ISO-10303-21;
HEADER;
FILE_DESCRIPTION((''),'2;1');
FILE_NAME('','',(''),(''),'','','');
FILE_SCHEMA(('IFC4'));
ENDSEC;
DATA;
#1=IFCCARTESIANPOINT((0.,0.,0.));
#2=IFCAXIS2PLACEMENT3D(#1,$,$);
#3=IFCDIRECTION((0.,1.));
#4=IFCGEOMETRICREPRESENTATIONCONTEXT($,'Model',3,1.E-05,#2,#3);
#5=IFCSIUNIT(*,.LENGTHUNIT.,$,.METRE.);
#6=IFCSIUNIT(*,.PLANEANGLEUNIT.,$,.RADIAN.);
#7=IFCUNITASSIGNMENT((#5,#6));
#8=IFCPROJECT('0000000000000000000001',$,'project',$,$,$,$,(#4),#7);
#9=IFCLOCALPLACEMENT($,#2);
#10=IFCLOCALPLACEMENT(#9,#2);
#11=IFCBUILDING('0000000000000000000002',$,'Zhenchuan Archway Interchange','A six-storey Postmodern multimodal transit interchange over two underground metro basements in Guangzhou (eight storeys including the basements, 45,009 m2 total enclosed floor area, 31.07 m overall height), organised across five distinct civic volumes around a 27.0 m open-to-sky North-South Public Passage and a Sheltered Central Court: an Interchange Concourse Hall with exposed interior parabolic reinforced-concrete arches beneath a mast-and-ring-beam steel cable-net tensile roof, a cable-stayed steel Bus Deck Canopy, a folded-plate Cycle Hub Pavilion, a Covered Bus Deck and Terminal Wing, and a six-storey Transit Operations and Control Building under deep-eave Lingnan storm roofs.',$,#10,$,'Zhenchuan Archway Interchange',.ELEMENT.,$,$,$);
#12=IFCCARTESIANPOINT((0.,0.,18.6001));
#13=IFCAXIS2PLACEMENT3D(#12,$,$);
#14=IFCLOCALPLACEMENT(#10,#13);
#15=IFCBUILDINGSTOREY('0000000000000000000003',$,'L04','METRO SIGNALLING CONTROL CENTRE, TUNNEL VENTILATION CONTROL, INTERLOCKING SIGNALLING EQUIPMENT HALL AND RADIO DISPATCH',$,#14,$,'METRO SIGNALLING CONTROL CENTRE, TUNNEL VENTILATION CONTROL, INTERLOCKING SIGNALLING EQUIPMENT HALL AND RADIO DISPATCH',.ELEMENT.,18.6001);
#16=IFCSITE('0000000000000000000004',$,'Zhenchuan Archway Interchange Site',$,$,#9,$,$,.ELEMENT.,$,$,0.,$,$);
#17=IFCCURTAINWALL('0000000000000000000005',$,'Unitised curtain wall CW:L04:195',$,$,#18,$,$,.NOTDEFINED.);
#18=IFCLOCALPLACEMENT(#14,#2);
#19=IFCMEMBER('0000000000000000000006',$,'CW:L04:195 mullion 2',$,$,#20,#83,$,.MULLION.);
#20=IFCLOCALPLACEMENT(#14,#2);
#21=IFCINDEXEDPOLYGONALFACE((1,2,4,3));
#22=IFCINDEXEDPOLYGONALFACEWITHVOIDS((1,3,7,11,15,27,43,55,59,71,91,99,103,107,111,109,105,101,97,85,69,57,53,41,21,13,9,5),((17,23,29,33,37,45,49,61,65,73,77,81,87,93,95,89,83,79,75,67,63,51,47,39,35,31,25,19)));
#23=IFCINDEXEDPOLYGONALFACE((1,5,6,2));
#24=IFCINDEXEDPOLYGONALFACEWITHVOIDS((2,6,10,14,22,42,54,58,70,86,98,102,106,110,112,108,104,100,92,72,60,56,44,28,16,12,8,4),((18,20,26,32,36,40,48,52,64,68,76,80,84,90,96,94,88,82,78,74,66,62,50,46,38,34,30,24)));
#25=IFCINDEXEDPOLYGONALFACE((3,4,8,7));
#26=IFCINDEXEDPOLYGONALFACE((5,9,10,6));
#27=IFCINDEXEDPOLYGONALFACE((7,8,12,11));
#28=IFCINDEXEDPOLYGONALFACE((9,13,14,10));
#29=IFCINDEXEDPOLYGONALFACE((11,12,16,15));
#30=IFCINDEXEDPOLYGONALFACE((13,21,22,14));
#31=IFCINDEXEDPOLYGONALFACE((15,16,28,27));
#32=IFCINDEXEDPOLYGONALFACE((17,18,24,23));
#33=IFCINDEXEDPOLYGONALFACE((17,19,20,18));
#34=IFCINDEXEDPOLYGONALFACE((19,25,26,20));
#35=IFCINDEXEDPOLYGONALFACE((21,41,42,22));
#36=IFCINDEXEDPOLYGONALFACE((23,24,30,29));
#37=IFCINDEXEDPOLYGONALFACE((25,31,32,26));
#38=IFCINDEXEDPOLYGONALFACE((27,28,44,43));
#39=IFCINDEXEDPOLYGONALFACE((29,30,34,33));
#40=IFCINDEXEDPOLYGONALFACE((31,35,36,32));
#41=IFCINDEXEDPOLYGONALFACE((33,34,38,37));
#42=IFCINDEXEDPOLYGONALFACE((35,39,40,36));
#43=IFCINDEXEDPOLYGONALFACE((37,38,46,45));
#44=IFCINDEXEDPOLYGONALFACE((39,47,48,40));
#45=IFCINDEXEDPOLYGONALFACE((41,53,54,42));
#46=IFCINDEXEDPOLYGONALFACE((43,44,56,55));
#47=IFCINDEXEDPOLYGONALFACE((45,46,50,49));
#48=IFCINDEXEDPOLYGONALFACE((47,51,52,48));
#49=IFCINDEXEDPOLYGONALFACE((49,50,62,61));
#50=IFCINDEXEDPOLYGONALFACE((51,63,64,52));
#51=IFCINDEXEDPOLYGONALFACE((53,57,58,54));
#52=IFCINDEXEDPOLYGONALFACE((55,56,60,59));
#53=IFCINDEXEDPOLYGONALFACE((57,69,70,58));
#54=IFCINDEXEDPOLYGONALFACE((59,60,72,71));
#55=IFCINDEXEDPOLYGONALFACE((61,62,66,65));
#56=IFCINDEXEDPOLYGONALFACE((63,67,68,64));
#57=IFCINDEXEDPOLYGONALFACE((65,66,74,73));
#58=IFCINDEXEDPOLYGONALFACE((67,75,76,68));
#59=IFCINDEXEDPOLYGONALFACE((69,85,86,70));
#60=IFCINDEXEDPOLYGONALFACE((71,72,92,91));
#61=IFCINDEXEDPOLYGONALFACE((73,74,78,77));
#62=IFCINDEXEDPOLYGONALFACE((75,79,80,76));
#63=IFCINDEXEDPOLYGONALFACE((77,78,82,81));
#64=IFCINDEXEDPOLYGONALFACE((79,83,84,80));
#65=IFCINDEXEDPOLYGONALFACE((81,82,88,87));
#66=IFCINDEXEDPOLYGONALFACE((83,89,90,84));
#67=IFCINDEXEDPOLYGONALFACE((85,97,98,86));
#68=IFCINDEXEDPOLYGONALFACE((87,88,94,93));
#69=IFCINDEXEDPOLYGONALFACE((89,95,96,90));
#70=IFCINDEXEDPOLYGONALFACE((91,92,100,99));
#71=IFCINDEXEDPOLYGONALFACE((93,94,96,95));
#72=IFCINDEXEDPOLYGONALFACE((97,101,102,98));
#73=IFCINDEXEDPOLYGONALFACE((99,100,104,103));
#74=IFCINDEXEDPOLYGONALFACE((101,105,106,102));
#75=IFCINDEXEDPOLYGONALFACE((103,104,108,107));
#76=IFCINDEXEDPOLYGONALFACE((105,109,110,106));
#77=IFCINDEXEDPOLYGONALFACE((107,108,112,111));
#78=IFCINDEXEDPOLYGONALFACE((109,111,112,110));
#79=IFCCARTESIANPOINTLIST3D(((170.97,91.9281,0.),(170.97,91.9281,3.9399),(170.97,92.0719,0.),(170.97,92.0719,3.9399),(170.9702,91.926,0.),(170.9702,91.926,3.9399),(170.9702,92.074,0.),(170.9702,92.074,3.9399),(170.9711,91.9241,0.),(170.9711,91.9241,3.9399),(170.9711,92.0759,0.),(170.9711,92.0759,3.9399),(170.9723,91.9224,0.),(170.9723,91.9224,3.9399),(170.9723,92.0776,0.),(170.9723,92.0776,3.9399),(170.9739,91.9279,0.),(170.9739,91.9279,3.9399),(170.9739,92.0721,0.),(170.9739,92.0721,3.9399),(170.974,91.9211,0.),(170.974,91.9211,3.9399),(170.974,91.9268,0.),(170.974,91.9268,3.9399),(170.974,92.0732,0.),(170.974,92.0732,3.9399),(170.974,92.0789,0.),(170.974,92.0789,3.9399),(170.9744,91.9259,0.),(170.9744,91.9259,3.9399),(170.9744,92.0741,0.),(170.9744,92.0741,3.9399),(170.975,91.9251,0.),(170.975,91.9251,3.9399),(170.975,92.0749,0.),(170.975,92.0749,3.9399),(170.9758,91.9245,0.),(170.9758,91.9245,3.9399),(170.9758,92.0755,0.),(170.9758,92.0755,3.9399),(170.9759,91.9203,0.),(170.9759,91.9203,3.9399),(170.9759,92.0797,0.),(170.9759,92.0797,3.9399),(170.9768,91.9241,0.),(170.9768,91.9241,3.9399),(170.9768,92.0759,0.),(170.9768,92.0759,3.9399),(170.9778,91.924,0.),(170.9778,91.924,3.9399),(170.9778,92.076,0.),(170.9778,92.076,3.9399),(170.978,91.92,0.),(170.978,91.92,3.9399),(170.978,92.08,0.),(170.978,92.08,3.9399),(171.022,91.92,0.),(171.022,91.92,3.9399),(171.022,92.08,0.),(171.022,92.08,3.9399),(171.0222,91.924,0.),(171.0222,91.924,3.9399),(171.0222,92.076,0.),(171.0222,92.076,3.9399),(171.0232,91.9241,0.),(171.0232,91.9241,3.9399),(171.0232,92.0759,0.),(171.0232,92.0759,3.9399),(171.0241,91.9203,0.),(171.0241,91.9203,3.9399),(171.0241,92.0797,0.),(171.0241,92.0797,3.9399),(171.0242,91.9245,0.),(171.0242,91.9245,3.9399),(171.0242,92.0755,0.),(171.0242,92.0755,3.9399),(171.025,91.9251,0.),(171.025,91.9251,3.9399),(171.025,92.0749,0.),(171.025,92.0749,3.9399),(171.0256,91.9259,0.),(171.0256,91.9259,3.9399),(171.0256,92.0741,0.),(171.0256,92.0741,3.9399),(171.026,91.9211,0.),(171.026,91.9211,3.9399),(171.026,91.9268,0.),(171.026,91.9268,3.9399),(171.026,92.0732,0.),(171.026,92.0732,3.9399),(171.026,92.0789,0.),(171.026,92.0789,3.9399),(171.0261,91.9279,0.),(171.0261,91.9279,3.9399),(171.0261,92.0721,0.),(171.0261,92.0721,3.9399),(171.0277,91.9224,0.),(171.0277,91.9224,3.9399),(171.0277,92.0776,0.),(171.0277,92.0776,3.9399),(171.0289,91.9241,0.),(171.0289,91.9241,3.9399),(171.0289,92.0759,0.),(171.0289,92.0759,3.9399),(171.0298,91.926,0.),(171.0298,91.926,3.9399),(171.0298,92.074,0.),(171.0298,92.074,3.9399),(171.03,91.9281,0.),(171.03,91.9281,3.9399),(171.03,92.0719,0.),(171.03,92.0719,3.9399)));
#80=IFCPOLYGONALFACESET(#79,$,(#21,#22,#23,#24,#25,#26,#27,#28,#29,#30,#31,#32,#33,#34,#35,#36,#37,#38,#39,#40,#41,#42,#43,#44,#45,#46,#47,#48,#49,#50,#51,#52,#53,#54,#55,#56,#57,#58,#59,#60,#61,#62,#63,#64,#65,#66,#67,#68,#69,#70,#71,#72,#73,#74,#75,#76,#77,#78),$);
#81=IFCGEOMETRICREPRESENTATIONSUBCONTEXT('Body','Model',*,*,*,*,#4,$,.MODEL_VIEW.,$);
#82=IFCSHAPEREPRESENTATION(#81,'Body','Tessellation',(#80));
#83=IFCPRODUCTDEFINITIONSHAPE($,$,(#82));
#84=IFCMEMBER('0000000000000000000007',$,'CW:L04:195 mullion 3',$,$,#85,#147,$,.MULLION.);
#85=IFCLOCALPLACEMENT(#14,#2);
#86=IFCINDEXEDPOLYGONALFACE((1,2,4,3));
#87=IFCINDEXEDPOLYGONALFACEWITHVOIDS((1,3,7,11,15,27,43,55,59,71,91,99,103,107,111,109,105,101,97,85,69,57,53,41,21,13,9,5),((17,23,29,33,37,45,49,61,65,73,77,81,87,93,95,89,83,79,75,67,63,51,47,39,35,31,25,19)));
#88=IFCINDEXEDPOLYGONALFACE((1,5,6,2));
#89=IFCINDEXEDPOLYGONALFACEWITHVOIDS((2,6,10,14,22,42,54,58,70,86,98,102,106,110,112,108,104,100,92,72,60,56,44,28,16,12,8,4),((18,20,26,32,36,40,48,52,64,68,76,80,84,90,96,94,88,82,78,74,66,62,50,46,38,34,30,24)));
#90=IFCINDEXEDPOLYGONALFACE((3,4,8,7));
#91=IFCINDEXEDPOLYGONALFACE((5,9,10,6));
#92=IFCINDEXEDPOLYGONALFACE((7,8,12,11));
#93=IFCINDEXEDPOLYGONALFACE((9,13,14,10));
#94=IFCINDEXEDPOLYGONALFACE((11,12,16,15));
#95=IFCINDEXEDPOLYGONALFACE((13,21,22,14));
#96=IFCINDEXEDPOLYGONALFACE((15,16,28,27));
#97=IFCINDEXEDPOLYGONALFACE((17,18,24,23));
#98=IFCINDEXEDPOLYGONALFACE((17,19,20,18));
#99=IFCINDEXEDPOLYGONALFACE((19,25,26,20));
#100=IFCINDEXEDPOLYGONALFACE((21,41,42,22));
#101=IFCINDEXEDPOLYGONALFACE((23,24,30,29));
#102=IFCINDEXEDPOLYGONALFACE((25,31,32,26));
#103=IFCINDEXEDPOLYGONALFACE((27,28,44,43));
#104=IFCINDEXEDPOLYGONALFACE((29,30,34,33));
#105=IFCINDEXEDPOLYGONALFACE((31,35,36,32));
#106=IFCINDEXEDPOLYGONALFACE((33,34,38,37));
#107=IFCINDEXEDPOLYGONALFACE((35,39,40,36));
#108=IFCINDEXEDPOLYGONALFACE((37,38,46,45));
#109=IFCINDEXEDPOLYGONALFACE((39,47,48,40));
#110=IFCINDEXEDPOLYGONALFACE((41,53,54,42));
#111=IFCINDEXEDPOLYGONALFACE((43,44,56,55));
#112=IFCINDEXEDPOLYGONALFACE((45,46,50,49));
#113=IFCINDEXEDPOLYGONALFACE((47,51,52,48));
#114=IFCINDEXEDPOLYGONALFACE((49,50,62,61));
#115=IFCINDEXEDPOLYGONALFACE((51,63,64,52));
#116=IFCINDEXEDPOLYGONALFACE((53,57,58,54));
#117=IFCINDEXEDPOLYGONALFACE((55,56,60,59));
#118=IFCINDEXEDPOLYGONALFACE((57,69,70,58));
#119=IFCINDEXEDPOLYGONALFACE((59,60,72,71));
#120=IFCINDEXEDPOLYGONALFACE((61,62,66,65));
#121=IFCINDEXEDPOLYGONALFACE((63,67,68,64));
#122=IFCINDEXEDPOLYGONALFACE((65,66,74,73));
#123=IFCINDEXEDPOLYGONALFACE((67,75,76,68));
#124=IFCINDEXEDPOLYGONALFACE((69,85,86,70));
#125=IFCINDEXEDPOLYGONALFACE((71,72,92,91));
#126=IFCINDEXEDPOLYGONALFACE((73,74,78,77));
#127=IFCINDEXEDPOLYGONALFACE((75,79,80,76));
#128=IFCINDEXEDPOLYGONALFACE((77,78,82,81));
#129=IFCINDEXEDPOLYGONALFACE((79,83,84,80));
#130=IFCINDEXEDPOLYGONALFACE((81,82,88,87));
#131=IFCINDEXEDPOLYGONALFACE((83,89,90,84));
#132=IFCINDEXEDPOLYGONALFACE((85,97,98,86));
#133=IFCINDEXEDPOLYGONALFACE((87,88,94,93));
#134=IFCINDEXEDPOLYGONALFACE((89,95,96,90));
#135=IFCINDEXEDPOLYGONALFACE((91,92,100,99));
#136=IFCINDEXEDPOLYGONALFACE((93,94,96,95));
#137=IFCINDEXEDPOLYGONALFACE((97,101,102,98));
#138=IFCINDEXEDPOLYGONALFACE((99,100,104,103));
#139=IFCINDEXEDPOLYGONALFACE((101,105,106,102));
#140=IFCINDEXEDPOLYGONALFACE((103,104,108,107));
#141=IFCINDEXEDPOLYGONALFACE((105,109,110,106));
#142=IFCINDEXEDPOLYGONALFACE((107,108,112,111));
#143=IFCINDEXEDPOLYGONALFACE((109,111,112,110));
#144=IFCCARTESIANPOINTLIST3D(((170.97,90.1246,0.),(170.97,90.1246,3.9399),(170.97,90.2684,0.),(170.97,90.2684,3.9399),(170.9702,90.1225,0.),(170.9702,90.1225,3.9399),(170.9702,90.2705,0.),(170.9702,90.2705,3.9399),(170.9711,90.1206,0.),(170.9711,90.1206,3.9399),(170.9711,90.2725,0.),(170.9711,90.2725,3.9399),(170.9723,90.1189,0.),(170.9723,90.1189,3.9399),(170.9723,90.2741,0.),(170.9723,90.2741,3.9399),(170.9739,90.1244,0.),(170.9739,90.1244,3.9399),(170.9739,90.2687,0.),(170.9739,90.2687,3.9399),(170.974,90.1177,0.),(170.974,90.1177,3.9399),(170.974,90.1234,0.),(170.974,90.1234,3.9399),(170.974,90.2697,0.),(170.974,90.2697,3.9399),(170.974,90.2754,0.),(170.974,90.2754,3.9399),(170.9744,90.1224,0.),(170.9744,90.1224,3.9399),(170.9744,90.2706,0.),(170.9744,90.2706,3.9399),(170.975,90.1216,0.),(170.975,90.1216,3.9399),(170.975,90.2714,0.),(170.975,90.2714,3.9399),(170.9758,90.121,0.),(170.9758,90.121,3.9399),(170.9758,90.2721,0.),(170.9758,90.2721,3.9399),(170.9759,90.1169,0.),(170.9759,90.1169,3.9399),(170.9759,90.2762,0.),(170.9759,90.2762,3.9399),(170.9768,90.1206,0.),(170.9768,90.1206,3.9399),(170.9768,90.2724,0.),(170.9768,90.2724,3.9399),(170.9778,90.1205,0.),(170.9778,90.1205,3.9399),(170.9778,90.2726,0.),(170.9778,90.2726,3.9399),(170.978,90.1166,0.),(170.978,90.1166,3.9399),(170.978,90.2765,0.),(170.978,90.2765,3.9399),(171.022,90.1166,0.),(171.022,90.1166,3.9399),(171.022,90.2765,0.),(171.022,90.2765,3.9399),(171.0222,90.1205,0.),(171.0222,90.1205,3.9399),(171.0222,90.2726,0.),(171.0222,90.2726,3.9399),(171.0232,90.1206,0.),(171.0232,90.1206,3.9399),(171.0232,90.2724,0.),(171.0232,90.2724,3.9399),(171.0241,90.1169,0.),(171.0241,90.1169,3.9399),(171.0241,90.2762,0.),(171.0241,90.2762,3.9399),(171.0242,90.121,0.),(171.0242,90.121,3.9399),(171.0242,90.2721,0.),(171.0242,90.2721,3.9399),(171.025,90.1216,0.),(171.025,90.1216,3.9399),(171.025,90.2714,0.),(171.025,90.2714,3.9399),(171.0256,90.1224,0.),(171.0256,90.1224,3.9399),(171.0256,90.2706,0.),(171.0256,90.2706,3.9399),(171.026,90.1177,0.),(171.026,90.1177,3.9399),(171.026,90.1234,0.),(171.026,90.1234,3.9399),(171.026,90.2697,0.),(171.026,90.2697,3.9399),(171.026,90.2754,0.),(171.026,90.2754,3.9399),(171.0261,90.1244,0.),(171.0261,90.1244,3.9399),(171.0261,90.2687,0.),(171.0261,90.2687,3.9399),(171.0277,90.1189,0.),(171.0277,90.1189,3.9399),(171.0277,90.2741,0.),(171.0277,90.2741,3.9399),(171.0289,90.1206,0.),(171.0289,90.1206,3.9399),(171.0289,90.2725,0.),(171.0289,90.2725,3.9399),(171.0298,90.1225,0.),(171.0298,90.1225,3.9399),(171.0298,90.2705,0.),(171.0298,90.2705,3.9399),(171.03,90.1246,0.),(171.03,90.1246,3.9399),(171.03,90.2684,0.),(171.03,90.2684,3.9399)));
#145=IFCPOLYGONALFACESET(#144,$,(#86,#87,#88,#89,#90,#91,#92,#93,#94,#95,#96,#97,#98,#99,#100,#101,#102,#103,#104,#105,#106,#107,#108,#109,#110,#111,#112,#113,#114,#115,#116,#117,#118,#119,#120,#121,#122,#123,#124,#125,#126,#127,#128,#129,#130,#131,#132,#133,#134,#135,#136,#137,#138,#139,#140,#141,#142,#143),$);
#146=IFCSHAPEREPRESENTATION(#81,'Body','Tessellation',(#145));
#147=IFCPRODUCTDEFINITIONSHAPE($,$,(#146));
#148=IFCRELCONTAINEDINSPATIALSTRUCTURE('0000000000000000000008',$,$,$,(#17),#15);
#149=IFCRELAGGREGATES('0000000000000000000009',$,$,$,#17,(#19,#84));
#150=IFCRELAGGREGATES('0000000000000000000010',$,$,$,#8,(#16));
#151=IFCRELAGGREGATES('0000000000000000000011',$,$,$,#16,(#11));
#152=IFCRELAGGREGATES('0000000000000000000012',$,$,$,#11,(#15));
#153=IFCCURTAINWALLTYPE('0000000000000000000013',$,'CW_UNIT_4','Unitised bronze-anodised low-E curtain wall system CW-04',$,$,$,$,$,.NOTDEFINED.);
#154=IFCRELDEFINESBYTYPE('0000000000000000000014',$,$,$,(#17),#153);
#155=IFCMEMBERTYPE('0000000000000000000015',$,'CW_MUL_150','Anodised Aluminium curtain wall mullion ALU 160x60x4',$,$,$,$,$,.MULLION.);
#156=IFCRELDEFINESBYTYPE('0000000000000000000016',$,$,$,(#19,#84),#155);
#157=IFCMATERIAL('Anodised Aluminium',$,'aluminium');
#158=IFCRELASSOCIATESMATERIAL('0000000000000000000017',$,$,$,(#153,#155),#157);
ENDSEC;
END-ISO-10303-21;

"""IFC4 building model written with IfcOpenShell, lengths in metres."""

from ifc_helpers import new_model, si_unit, direction, frame, origin, origin_2d, place, context, subcontext, project, spatial, hollow_rectangle, extrude, material, material_profile, profile_set, type_object, element, aggregate, save


model = new_model("IFC4")

# Units and contexts
model_context = context("Model", 3, precision=1e-05, world=origin(), true_north=direction((0.0, 1.0)))
body_context = subcontext(model_context, "Body", "Model", "MODEL_VIEW")
ifc_project = project(units=[si_unit("LENGTHUNIT", "METRE"), si_unit("PLANEANGLEUNIT", "RADIAN")], contexts=[model_context])

# Site, building, storey
site_placement = place(None, origin())
site = spatial("IfcSite", under=ifc_project, at=site_placement, Name="Zhenchuan Archway Interchange Site", CompositionType="ELEMENT", RefElevation=0.0)
building_placement = place(site_placement, origin())
building = spatial("IfcBuilding", under=site, at=building_placement, Name="Zhenchuan Archway Interchange", Description="A six-storey Postmodern multimodal transit interchange over two underground metro basements in Guangzhou (eight storeys including the basements, 45,009 m2 total enclosed floor area, 31.07 m overall height), organised across five distinct civic volumes around a 27.0 m open-to-sky North-South Public Passage and a Sheltered Central Court: an Interchange Concourse Hall with exposed interior parabolic reinforced-concrete arches beneath a mast-and-ring-beam steel cable-net tensile roof, a cable-stayed steel Bus Deck Canopy, a folded-plate Cycle Hub Pavilion, a Covered Bus Deck and Terminal Wing, and a six-storey Transit Operations and Control Building under deep-eave Lingnan storm roofs.", LongName="Zhenchuan Archway Interchange", CompositionType="ELEMENT")
storey_placement = place(building_placement, frame((0.0, 0.0, 18.6001)))
storey = spatial("IfcBuildingStorey", under=building, at=storey_placement, Name="L04", Description="METRO SIGNALLING CONTROL CENTRE, TUNNEL VENTILATION CONTROL, INTERLOCKING SIGNALLING EQUIPMENT HALL AND RADIO DISPATCH", LongName="METRO SIGNALLING CONTROL CENTRE, TUNNEL VENTILATION CONTROL, INTERLOCKING SIGNALLING EQUIPMENT HALL AND RADIO DISPATCH", CompositionType="ELEMENT", Elevation=18.6001)

# Curtain wall, members
ifc_material_1 = material(Name="Anodised Aluminium", Category="aluminium")
curtain_wall_type = type_object("IfcCurtainWallType", Name="CW_UNIT_4", Description="Unitised bronze-anodised low-E curtain wall system CW-04", PredefinedType="NOTDEFINED", material=ifc_material_1)
curtain_wall_placement = place(storey_placement, origin())
curtain_wall = element("IfcCurtainWall", 1, at=curtain_wall_placement, inside=storey, type_object=curtain_wall_type, Name="Unitised curtain wall CW:L04:195", PredefinedType="NOTDEFINED")
ifc_material_profile_1 = material_profile(ifc_material_1, hollow_rectangle(XDim=0.0601, YDim=0.1599, WallThickness=0.0039, InnerFilletRadius=0.0039, OuterFilletRadius=0.0081, at=origin_2d()), Name="ALU 160x60x4")
ifc_profile_set_1 = profile_set([ifc_material_profile_1], Name="Anodised Aluminium")
member_type_1 = type_object("IfcMemberType", Name="CW_MUL_150", Description="Anodised Aluminium curtain wall mullion ALU 160x60x4", PredefinedType="MULLION", material=ifc_profile_set_1)
member_1_placement = place(storey_placement, frame((171.0, 92.0, 0.0), z_axis=(0.0, 0.0, 1.0), x_axis=(1.0, 0.0, 0.0)))
member_1 = element("IfcMember", 2, at=member_1_placement, type_object=member_type_1, Name="CW:L04:195 mullion 2", PredefinedType="MULLION", context=body_context, shape_type="SweptSolid", body=[
    extrude(hollow_rectangle(XDim=0.0601, YDim=0.1599, WallThickness=0.0039, InnerFilletRadius=0.0039, OuterFilletRadius=0.0081, at=origin_2d()), origin(), (0.0, 0.0, 1.0), 3.9399),
])
member_2_placement = place(storey_placement, frame((171.0, 90.1965, 0.0), z_axis=(0.0, 0.0, 1.0), x_axis=(1.0, 0.0, 0.0)))
member_2 = element("IfcMember", 3, at=member_2_placement, type_object=member_type_1, Name="CW:L04:195 mullion 3", PredefinedType="MULLION", context=body_context, shape_type="SweptSolid", body=[
    extrude(hollow_rectangle(XDim=0.0601, YDim=0.1599, WallThickness=0.0039, InnerFilletRadius=0.0039, OuterFilletRadius=0.0081, at=origin_2d()), origin(), (0.0, 0.0, 1.0), 3.9399),
])
aggregate(curtain_wall, [member_1, member_2])

save(model, "model.ifc")
